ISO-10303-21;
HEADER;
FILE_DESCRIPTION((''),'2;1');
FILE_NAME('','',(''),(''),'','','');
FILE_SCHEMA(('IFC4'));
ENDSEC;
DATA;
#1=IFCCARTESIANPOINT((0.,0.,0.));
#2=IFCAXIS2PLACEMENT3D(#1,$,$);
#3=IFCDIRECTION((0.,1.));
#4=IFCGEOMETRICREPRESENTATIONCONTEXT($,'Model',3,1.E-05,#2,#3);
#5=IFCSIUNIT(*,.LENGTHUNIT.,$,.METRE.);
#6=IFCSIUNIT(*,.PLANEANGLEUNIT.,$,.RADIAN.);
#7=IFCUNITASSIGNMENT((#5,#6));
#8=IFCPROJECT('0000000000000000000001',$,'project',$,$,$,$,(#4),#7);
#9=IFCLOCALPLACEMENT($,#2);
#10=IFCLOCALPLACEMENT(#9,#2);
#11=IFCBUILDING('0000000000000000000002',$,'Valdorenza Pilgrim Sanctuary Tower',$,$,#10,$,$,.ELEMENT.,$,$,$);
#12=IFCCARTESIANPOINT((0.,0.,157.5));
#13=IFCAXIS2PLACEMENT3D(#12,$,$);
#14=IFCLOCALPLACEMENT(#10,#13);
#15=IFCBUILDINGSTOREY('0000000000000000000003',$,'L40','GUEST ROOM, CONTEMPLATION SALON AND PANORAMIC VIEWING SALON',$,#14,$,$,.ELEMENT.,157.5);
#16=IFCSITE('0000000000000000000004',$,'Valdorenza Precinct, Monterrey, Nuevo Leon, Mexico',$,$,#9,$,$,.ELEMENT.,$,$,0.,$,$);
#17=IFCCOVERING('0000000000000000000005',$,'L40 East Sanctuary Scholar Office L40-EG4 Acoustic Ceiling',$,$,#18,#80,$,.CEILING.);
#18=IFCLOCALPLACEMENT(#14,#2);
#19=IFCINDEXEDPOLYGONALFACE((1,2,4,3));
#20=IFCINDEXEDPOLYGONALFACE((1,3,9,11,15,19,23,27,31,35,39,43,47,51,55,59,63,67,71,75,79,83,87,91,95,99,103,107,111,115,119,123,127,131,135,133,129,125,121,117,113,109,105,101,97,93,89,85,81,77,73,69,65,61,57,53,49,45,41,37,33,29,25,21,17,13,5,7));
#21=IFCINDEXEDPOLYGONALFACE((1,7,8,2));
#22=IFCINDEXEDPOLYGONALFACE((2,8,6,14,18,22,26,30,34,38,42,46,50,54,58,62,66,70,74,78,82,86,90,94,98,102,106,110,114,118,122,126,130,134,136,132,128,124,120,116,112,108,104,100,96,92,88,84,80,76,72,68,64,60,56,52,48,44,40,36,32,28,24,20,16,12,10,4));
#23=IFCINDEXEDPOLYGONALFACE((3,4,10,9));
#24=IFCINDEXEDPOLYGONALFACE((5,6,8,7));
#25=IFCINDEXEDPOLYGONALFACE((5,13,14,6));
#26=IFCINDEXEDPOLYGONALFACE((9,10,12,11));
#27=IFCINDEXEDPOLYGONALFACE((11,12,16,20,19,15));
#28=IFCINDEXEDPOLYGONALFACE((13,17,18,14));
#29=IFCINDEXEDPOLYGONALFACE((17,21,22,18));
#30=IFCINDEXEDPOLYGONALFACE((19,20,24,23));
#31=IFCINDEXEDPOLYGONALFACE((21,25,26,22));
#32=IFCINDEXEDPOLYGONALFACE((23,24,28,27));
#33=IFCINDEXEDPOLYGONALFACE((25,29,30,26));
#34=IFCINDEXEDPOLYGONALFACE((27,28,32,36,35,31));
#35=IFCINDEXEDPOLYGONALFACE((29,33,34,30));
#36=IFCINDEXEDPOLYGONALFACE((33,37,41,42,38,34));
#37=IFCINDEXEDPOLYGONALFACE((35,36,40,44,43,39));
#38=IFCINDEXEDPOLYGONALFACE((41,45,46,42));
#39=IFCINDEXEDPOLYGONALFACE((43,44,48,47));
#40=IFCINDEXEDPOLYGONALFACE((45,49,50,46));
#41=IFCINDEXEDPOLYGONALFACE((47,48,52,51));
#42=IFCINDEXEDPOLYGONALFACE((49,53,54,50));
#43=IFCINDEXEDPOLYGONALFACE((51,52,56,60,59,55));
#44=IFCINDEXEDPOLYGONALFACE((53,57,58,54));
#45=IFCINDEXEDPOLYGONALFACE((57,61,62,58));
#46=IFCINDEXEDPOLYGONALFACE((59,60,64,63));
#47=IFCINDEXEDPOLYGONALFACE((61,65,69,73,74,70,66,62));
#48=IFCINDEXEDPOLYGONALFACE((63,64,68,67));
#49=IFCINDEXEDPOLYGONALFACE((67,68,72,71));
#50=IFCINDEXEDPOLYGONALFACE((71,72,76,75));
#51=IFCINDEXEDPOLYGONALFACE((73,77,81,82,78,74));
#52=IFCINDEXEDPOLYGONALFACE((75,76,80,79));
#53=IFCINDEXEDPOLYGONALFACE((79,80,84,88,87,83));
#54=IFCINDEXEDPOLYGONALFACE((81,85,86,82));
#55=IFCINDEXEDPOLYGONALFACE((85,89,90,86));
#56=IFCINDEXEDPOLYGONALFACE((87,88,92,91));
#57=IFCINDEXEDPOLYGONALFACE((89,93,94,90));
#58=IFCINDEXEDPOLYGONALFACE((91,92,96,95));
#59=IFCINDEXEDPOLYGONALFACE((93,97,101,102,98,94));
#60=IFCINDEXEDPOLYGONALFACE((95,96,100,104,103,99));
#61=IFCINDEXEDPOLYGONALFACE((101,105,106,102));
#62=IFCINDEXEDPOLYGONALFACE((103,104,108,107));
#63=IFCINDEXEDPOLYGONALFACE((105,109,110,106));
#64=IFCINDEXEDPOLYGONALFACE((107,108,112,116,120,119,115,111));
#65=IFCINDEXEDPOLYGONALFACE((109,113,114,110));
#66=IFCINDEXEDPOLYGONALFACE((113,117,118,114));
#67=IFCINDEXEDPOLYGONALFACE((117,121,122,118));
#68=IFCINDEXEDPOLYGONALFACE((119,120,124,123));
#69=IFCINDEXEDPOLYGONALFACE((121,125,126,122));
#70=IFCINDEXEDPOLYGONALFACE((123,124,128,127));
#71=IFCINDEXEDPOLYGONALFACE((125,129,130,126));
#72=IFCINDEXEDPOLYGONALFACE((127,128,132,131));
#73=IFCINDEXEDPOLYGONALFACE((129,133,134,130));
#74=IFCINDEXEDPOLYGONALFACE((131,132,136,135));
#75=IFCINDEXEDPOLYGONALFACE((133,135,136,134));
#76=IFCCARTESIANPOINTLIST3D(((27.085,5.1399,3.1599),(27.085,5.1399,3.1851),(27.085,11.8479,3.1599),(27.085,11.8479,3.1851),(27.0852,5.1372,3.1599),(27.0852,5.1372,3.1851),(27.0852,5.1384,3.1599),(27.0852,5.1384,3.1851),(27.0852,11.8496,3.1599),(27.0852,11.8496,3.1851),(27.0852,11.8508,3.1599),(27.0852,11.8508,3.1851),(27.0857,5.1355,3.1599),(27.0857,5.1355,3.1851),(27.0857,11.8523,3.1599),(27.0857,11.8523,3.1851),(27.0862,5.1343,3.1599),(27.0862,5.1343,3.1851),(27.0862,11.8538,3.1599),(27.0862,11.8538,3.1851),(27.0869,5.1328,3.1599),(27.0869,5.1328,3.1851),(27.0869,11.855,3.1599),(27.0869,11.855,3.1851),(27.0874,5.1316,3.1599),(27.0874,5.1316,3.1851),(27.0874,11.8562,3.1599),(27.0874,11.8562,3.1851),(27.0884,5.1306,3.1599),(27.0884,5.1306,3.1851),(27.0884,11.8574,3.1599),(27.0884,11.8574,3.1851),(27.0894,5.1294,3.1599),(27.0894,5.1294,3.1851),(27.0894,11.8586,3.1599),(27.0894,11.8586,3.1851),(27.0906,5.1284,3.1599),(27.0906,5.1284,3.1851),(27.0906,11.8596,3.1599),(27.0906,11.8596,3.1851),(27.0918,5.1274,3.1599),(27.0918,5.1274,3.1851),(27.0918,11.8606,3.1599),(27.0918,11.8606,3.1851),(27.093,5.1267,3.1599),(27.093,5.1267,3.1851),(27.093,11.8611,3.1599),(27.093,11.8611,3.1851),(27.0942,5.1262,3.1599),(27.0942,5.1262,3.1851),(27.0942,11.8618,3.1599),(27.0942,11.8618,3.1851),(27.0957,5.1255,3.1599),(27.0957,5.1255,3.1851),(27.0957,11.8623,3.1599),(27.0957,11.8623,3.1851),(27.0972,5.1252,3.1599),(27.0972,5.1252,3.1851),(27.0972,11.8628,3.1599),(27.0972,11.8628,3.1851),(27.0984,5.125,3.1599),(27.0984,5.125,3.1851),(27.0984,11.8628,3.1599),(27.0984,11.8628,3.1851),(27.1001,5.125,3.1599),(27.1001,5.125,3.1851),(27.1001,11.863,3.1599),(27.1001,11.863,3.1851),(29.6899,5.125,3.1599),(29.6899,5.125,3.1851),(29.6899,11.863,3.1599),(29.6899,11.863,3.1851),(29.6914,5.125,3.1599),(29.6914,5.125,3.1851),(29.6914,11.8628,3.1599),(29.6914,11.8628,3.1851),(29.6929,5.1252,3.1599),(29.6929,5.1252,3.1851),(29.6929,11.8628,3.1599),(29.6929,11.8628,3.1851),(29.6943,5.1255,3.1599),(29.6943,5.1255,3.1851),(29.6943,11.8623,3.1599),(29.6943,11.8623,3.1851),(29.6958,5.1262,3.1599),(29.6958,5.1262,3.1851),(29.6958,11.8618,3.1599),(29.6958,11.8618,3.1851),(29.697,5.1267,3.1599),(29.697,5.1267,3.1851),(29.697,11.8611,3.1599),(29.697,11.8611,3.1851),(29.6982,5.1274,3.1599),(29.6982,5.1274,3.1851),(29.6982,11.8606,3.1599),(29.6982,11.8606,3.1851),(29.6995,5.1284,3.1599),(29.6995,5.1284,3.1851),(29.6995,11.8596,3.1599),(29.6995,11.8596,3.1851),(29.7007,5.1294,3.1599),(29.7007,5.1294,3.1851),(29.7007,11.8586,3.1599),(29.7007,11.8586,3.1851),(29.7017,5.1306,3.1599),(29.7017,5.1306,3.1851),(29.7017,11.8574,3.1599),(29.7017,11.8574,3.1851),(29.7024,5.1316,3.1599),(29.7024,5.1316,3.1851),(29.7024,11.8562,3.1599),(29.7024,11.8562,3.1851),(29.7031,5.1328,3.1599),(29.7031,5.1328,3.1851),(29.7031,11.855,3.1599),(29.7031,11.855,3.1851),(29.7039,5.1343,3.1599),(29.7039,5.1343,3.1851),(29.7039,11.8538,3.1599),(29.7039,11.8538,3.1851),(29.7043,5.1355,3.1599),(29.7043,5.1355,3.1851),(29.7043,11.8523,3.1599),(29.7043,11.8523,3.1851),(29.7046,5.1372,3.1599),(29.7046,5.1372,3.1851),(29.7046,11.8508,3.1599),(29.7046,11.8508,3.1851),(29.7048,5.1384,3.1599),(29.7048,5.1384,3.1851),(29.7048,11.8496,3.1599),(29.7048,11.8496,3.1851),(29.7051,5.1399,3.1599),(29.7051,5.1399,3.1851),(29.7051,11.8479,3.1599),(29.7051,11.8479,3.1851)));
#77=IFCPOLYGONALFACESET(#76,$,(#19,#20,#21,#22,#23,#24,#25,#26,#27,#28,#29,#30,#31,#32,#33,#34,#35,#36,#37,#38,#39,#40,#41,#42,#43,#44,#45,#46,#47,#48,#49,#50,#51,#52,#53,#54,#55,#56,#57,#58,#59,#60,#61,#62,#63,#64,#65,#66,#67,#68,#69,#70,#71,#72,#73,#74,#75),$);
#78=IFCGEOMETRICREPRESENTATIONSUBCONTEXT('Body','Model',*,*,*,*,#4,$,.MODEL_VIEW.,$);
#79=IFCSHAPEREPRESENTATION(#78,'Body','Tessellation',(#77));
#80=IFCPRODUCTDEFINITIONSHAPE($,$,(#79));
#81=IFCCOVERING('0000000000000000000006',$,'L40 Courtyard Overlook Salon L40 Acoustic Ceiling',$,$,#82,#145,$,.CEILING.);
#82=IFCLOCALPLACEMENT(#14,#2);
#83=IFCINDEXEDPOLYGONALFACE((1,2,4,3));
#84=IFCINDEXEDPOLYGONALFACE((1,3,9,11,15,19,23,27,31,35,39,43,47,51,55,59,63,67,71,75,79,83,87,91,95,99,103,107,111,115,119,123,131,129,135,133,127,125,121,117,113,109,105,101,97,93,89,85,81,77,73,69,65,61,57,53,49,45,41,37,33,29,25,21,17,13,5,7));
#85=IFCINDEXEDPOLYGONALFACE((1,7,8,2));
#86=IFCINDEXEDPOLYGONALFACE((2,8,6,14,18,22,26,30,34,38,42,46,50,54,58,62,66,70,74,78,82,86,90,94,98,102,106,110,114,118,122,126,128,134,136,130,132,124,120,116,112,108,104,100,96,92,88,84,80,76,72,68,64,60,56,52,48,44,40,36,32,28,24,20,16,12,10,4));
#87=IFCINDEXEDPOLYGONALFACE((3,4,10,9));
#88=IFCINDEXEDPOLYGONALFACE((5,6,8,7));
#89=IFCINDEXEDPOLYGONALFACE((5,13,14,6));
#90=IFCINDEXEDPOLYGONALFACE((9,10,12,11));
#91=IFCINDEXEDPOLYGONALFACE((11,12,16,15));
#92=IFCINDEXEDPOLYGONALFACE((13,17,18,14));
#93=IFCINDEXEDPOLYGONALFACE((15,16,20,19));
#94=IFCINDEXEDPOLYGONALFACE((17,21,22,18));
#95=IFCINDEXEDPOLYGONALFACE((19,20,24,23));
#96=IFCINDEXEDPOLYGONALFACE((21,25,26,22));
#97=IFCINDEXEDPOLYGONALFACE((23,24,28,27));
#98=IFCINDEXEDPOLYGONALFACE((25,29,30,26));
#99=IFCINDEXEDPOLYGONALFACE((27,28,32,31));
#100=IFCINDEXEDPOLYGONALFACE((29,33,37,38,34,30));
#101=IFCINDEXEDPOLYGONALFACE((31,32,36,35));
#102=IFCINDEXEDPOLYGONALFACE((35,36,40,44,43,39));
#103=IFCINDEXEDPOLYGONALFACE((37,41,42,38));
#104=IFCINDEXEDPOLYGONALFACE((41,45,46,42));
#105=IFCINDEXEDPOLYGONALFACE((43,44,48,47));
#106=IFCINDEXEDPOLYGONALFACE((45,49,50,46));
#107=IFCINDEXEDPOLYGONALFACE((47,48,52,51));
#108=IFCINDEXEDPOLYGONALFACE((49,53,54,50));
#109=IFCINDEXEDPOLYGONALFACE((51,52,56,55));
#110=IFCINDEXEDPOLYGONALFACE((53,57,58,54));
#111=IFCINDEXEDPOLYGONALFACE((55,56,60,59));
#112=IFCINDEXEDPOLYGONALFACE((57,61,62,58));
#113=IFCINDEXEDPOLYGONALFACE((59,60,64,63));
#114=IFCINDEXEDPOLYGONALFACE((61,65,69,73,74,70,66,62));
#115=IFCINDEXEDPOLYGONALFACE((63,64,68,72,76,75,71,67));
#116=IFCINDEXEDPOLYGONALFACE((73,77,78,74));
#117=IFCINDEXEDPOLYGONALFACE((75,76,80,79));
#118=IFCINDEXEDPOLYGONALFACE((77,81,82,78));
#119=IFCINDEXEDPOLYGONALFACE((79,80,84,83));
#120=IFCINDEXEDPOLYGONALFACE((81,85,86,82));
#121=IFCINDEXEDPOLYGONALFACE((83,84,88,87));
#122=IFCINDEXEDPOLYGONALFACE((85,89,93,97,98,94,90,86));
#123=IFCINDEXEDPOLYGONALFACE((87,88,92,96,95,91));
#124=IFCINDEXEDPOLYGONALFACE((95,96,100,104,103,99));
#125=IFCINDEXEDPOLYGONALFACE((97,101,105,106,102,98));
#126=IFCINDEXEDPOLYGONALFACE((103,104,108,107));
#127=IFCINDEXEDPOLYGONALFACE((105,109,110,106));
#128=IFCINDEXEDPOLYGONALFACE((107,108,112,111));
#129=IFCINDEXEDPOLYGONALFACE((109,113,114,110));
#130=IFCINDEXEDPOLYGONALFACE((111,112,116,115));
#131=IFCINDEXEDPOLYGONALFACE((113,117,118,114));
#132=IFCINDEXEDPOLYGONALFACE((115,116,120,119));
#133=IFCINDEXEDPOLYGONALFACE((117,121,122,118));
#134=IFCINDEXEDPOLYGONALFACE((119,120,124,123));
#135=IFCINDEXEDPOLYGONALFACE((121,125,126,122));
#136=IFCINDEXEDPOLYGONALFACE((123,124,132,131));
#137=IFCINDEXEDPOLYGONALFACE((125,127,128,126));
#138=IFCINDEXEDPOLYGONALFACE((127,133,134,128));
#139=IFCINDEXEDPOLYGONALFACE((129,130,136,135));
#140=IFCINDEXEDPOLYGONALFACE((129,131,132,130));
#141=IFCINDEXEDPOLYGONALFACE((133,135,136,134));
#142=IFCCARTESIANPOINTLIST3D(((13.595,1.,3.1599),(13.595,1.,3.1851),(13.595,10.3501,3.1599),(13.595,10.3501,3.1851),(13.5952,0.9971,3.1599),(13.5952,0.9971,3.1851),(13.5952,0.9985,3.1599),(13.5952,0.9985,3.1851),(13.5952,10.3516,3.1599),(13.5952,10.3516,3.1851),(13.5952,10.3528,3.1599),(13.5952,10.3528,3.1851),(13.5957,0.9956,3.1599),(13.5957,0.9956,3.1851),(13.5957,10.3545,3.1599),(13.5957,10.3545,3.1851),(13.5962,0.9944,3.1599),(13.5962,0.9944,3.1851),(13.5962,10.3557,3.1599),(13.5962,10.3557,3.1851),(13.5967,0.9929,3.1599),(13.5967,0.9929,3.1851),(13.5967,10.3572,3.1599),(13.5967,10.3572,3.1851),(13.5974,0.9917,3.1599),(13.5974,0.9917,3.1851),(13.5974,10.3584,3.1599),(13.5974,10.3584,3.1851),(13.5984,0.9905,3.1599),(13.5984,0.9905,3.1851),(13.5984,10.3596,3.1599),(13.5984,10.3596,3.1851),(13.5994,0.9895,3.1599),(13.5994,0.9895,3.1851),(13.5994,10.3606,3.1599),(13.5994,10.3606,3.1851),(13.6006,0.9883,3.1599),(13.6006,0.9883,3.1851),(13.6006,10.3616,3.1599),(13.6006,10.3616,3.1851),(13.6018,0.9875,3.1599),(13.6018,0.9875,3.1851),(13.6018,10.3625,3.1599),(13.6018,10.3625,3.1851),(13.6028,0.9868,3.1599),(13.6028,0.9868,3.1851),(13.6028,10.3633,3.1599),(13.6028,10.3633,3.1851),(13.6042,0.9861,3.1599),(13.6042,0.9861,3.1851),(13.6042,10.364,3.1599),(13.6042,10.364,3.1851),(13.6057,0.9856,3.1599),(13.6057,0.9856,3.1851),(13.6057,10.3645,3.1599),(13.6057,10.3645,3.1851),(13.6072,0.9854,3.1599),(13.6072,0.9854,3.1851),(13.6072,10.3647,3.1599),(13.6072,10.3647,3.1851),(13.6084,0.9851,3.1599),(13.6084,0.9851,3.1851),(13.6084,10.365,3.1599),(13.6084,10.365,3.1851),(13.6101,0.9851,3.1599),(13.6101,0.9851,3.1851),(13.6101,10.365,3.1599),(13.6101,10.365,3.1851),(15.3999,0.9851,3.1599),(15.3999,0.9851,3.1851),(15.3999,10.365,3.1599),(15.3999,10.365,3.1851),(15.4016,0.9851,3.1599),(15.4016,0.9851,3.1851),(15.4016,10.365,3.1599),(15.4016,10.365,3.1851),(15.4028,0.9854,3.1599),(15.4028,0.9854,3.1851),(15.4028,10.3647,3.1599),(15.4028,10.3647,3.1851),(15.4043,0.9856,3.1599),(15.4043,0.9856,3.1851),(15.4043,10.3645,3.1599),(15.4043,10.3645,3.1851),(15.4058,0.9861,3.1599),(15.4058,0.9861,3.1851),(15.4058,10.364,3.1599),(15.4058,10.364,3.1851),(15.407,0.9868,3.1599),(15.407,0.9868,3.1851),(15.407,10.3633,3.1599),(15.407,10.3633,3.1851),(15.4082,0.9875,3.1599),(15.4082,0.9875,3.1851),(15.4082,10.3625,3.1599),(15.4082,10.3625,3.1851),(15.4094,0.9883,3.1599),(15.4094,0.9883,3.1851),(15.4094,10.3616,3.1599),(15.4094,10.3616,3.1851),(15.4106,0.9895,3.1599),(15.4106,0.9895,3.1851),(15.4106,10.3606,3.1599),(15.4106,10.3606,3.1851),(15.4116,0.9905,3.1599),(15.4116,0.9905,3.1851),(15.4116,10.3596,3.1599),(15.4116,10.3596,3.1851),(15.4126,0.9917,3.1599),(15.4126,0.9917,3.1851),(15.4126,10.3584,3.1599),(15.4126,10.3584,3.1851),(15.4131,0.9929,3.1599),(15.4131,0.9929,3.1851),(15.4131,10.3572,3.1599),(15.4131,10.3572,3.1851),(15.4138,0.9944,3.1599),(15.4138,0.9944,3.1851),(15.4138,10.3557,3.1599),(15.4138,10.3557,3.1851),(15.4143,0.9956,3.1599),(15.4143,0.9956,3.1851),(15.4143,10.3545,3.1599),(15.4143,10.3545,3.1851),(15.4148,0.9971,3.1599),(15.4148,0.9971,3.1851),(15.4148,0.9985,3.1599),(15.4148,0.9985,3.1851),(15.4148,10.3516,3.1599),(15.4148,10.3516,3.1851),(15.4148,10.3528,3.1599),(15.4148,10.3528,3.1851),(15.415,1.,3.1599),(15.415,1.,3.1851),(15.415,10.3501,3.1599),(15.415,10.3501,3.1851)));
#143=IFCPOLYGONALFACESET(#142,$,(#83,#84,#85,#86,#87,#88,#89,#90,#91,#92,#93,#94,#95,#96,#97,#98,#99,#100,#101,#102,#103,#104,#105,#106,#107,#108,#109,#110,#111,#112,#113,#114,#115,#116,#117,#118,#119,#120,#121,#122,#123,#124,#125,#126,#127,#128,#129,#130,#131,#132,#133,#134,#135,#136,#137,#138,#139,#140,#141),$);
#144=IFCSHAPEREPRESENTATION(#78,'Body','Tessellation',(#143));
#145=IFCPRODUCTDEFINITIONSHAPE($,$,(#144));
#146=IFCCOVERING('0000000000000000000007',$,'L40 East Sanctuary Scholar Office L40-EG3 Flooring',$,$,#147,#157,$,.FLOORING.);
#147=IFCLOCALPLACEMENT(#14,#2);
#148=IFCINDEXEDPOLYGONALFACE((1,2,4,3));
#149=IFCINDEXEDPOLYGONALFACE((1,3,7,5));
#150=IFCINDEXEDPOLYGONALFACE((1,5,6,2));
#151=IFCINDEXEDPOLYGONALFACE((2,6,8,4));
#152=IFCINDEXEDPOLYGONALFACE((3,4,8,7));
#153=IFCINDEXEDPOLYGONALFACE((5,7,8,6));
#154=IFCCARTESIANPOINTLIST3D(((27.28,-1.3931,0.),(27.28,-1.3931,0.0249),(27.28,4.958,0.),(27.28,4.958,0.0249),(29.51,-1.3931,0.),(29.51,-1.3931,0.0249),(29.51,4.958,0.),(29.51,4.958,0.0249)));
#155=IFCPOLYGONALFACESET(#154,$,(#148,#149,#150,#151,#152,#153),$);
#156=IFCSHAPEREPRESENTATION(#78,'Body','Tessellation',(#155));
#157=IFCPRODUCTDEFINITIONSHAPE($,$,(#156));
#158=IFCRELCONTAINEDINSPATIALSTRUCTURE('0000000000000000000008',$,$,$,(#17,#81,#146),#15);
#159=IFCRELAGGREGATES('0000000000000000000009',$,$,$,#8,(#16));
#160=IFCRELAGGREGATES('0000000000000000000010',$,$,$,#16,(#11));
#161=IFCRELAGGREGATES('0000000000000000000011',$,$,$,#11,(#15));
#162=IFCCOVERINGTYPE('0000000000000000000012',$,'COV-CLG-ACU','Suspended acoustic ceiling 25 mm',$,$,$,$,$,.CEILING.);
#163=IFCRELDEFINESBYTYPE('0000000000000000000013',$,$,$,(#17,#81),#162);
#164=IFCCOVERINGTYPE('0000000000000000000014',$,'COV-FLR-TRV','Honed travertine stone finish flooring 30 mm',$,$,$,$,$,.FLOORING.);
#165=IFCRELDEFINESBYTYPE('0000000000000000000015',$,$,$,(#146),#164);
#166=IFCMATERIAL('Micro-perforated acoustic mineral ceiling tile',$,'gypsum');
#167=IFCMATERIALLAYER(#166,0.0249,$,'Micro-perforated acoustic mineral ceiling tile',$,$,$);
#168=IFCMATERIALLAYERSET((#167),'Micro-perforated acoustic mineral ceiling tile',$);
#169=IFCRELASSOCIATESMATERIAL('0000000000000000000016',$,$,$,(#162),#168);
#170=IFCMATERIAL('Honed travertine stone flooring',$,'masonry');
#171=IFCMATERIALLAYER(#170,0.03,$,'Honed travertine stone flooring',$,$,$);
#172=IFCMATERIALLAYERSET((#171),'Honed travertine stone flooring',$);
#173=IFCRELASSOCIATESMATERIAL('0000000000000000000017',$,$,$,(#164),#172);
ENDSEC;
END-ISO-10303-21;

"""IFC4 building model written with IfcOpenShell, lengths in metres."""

from ifc_helpers import new_model, si_unit, direction, frame, origin, place, context, subcontext, project, spatial, polyline, outline, extrude, material, layer, layer_set, type_object, element, save


model = new_model("IFC4")

# Units and contexts
model_context = context("Model", 3, precision=1e-05, world=origin(), true_north=direction((0.0, 1.0)))
body_context = subcontext(model_context, "Body", "Model", "MODEL_VIEW")
ifc_project = project(units=[si_unit("LENGTHUNIT", "METRE"), si_unit("PLANEANGLEUNIT", "RADIAN")], contexts=[model_context])

# Site, building, storey
site_placement = place(None, origin())
site = spatial("IfcSite", under=ifc_project, at=site_placement, Name="Valdorenza Precinct, Monterrey, Nuevo Leon, Mexico", CompositionType="ELEMENT", RefElevation=0.0)
building_placement = place(site_placement, origin())
building = spatial("IfcBuilding", under=site, at=building_placement, Name="Valdorenza Pilgrim Sanctuary Tower", CompositionType="ELEMENT")
storey_placement = place(building_placement, frame((0.0, 0.0, 157.5)))
storey = spatial("IfcBuildingStorey", under=building, at=storey_placement, Name="L40", Description="GUEST ROOM, CONTEMPLATION SALON AND PANORAMIC VIEWING SALON", CompositionType="ELEMENT", Elevation=157.5)

# Coverings
ifc_material_1 = material(Name="Micro-perforated acoustic mineral ceiling tile", Category="gypsum")
ifc_layer_1 = layer(ifc_material_1, 0.0249, Name="Micro-perforated acoustic mineral ceiling tile")
ifc_layer_set_1 = layer_set([ifc_layer_1], Name="Micro-perforated acoustic mineral ceiling tile")
covering_type_1 = type_object("IfcCoveringType", Name="COV-CLG-ACU", Description="Suspended acoustic ceiling 25 mm", PredefinedType="CEILING", material=ifc_layer_set_1)
covering_1_placement = place(storey_placement, frame((0.0, 0.0, 3.1599)))
element("IfcCovering", 1, at=covering_1_placement, inside=storey, type_object=covering_type_1, Name="L40 East Sanctuary Scholar Office L40-EG4 Acoustic Ceiling", PredefinedType="CEILING", context=body_context, shape_type="SweptSolid", body=[
    extrude(outline(polyline([(27.085, 11.8479), (27.0852, 11.8496), (27.0852, 11.8508), (27.0857, 11.8523), (27.0862, 11.8538), (27.0869, 11.855), (27.0874, 11.8562), (27.0884, 11.8574), (27.0894, 11.8586), (27.0906, 11.8596), (27.0918, 11.8606), (27.093, 11.8611), (27.0942, 11.8618), (27.0957, 11.8623), (27.0972, 11.8628), (27.0984, 11.8628), (27.1001, 11.863), (29.6899, 11.863), (29.6914, 11.8628), (29.6929, 11.8628), (29.6943, 11.8623), (29.6958, 11.8618), (29.697, 11.8611), (29.6982, 11.8606), (29.6995, 11.8596), (29.7007, 11.8586), (29.7017, 11.8574), (29.7024, 11.8562), (29.7031, 11.855), (29.7039, 11.8538), (29.7043, 11.8523), (29.7046, 11.8508), (29.7048, 11.8496), (29.7051, 11.8479), (29.7051, 5.1399), (29.7048, 5.1384), (29.7046, 5.1372), (29.7043, 5.1355), (29.7039, 5.1343), (29.7031, 5.1328), (29.7024, 5.1316), (29.7017, 5.1306), (29.7007, 5.1294), (29.6995, 5.1284), (29.6982, 5.1274), (29.697, 5.1267), (29.6958, 5.1262), (29.6943, 5.1255), (29.6929, 5.1252), (29.6914, 5.125), (29.6899, 5.125), (27.1001, 5.125), (27.0984, 5.125), (27.0972, 5.1252), (27.0957, 5.1255), (27.0942, 5.1262), (27.093, 5.1267), (27.0918, 5.1274), (27.0906, 5.1284), (27.0894, 5.1294), (27.0884, 5.1306), (27.0874, 5.1316), (27.0869, 5.1328), (27.0862, 5.1343), (27.0857, 5.1355), (27.0852, 5.1372), (27.0852, 5.1384), (27.085, 5.1399), (27.085, 11.8479)])), origin(), (0.0, 0.0, 1.0), 0.0251),
])
covering_2_placement = place(storey_placement, frame((0.0, 0.0, 3.1599)))
element("IfcCovering", 2, at=covering_2_placement, inside=storey, type_object=covering_type_1, Name="L40 Courtyard Overlook Salon L40 Acoustic Ceiling", PredefinedType="CEILING", context=body_context, shape_type="SweptSolid", body=[
    extrude(outline(polyline([(15.415, 1.0), (15.4148, 0.9985), (15.4148, 0.9971), (15.4143, 0.9956), (15.4138, 0.9944), (15.4131, 0.9929), (15.4126, 0.9917), (15.4116, 0.9905), (15.4106, 0.9895), (15.4094, 0.9883), (15.4082, 0.9875), (15.407, 0.9868), (15.4058, 0.9861), (15.4043, 0.9856), (15.4028, 0.9854), (15.4016, 0.9851), (15.3999, 0.9851), (13.6101, 0.9851), (13.6084, 0.9851), (13.6072, 0.9854), (13.6057, 0.9856), (13.6042, 0.9861), (13.6028, 0.9868), (13.6018, 0.9875), (13.6006, 0.9883), (13.5994, 0.9895), (13.5984, 0.9905), (13.5974, 0.9917), (13.5967, 0.9929), (13.5962, 0.9944), (13.5957, 0.9956), (13.5952, 0.9971), (13.5952, 0.9985), (13.595, 1.0), (13.595, 10.3501), (13.5952, 10.3516), (13.5952, 10.3528), (13.5957, 10.3545), (13.5962, 10.3557), (13.5967, 10.3572), (13.5974, 10.3584), (13.5984, 10.3596), (13.5994, 10.3606), (13.6006, 10.3616), (13.6018, 10.3625), (13.6028, 10.3633), (13.6042, 10.364), (13.6057, 10.3645), (13.6072, 10.3647), (13.6084, 10.365), (13.6101, 10.365), (15.3999, 10.365), (15.4016, 10.365), (15.4028, 10.3647), (15.4043, 10.3645), (15.4058, 10.364), (15.407, 10.3633), (15.4082, 10.3625), (15.4094, 10.3616), (15.4106, 10.3606), (15.4116, 10.3596), (15.4126, 10.3584), (15.4131, 10.3572), (15.4138, 10.3557), (15.4143, 10.3545), (15.4148, 10.3528), (15.4148, 10.3516), (15.415, 10.3501), (15.415, 1.0)])), origin(), (0.0, 0.0, 1.0), 0.0251),
])
ifc_material_2 = material(Name="Honed travertine stone flooring", Category="masonry")
ifc_layer_2 = layer(ifc_material_2, 0.03, Name="Honed travertine stone flooring")
ifc_layer_set_2 = layer_set([ifc_layer_2], Name="Honed travertine stone flooring")
covering_type_2 = type_object("IfcCoveringType", Name="COV-FLR-TRV", Description="Honed travertine stone finish flooring 30 mm", PredefinedType="FLOORING", material=ifc_layer_set_2)
covering_3_placement = place(storey_placement, origin())
element("IfcCovering", 3, at=covering_3_placement, inside=storey, type_object=covering_type_2, Name="L40 East Sanctuary Scholar Office L40-EG3 Flooring", PredefinedType="FLOORING", context=body_context, shape_type="SweptSolid", body=[
    extrude(outline(polyline([(27.28, 4.958), (29.51, 4.958), (29.51, -1.3931), (27.28, -1.3931), (27.28, 4.958)])), origin(), (0.0, 0.0, 1.0), 0.0249),
])

save(model, "model.ifc")
